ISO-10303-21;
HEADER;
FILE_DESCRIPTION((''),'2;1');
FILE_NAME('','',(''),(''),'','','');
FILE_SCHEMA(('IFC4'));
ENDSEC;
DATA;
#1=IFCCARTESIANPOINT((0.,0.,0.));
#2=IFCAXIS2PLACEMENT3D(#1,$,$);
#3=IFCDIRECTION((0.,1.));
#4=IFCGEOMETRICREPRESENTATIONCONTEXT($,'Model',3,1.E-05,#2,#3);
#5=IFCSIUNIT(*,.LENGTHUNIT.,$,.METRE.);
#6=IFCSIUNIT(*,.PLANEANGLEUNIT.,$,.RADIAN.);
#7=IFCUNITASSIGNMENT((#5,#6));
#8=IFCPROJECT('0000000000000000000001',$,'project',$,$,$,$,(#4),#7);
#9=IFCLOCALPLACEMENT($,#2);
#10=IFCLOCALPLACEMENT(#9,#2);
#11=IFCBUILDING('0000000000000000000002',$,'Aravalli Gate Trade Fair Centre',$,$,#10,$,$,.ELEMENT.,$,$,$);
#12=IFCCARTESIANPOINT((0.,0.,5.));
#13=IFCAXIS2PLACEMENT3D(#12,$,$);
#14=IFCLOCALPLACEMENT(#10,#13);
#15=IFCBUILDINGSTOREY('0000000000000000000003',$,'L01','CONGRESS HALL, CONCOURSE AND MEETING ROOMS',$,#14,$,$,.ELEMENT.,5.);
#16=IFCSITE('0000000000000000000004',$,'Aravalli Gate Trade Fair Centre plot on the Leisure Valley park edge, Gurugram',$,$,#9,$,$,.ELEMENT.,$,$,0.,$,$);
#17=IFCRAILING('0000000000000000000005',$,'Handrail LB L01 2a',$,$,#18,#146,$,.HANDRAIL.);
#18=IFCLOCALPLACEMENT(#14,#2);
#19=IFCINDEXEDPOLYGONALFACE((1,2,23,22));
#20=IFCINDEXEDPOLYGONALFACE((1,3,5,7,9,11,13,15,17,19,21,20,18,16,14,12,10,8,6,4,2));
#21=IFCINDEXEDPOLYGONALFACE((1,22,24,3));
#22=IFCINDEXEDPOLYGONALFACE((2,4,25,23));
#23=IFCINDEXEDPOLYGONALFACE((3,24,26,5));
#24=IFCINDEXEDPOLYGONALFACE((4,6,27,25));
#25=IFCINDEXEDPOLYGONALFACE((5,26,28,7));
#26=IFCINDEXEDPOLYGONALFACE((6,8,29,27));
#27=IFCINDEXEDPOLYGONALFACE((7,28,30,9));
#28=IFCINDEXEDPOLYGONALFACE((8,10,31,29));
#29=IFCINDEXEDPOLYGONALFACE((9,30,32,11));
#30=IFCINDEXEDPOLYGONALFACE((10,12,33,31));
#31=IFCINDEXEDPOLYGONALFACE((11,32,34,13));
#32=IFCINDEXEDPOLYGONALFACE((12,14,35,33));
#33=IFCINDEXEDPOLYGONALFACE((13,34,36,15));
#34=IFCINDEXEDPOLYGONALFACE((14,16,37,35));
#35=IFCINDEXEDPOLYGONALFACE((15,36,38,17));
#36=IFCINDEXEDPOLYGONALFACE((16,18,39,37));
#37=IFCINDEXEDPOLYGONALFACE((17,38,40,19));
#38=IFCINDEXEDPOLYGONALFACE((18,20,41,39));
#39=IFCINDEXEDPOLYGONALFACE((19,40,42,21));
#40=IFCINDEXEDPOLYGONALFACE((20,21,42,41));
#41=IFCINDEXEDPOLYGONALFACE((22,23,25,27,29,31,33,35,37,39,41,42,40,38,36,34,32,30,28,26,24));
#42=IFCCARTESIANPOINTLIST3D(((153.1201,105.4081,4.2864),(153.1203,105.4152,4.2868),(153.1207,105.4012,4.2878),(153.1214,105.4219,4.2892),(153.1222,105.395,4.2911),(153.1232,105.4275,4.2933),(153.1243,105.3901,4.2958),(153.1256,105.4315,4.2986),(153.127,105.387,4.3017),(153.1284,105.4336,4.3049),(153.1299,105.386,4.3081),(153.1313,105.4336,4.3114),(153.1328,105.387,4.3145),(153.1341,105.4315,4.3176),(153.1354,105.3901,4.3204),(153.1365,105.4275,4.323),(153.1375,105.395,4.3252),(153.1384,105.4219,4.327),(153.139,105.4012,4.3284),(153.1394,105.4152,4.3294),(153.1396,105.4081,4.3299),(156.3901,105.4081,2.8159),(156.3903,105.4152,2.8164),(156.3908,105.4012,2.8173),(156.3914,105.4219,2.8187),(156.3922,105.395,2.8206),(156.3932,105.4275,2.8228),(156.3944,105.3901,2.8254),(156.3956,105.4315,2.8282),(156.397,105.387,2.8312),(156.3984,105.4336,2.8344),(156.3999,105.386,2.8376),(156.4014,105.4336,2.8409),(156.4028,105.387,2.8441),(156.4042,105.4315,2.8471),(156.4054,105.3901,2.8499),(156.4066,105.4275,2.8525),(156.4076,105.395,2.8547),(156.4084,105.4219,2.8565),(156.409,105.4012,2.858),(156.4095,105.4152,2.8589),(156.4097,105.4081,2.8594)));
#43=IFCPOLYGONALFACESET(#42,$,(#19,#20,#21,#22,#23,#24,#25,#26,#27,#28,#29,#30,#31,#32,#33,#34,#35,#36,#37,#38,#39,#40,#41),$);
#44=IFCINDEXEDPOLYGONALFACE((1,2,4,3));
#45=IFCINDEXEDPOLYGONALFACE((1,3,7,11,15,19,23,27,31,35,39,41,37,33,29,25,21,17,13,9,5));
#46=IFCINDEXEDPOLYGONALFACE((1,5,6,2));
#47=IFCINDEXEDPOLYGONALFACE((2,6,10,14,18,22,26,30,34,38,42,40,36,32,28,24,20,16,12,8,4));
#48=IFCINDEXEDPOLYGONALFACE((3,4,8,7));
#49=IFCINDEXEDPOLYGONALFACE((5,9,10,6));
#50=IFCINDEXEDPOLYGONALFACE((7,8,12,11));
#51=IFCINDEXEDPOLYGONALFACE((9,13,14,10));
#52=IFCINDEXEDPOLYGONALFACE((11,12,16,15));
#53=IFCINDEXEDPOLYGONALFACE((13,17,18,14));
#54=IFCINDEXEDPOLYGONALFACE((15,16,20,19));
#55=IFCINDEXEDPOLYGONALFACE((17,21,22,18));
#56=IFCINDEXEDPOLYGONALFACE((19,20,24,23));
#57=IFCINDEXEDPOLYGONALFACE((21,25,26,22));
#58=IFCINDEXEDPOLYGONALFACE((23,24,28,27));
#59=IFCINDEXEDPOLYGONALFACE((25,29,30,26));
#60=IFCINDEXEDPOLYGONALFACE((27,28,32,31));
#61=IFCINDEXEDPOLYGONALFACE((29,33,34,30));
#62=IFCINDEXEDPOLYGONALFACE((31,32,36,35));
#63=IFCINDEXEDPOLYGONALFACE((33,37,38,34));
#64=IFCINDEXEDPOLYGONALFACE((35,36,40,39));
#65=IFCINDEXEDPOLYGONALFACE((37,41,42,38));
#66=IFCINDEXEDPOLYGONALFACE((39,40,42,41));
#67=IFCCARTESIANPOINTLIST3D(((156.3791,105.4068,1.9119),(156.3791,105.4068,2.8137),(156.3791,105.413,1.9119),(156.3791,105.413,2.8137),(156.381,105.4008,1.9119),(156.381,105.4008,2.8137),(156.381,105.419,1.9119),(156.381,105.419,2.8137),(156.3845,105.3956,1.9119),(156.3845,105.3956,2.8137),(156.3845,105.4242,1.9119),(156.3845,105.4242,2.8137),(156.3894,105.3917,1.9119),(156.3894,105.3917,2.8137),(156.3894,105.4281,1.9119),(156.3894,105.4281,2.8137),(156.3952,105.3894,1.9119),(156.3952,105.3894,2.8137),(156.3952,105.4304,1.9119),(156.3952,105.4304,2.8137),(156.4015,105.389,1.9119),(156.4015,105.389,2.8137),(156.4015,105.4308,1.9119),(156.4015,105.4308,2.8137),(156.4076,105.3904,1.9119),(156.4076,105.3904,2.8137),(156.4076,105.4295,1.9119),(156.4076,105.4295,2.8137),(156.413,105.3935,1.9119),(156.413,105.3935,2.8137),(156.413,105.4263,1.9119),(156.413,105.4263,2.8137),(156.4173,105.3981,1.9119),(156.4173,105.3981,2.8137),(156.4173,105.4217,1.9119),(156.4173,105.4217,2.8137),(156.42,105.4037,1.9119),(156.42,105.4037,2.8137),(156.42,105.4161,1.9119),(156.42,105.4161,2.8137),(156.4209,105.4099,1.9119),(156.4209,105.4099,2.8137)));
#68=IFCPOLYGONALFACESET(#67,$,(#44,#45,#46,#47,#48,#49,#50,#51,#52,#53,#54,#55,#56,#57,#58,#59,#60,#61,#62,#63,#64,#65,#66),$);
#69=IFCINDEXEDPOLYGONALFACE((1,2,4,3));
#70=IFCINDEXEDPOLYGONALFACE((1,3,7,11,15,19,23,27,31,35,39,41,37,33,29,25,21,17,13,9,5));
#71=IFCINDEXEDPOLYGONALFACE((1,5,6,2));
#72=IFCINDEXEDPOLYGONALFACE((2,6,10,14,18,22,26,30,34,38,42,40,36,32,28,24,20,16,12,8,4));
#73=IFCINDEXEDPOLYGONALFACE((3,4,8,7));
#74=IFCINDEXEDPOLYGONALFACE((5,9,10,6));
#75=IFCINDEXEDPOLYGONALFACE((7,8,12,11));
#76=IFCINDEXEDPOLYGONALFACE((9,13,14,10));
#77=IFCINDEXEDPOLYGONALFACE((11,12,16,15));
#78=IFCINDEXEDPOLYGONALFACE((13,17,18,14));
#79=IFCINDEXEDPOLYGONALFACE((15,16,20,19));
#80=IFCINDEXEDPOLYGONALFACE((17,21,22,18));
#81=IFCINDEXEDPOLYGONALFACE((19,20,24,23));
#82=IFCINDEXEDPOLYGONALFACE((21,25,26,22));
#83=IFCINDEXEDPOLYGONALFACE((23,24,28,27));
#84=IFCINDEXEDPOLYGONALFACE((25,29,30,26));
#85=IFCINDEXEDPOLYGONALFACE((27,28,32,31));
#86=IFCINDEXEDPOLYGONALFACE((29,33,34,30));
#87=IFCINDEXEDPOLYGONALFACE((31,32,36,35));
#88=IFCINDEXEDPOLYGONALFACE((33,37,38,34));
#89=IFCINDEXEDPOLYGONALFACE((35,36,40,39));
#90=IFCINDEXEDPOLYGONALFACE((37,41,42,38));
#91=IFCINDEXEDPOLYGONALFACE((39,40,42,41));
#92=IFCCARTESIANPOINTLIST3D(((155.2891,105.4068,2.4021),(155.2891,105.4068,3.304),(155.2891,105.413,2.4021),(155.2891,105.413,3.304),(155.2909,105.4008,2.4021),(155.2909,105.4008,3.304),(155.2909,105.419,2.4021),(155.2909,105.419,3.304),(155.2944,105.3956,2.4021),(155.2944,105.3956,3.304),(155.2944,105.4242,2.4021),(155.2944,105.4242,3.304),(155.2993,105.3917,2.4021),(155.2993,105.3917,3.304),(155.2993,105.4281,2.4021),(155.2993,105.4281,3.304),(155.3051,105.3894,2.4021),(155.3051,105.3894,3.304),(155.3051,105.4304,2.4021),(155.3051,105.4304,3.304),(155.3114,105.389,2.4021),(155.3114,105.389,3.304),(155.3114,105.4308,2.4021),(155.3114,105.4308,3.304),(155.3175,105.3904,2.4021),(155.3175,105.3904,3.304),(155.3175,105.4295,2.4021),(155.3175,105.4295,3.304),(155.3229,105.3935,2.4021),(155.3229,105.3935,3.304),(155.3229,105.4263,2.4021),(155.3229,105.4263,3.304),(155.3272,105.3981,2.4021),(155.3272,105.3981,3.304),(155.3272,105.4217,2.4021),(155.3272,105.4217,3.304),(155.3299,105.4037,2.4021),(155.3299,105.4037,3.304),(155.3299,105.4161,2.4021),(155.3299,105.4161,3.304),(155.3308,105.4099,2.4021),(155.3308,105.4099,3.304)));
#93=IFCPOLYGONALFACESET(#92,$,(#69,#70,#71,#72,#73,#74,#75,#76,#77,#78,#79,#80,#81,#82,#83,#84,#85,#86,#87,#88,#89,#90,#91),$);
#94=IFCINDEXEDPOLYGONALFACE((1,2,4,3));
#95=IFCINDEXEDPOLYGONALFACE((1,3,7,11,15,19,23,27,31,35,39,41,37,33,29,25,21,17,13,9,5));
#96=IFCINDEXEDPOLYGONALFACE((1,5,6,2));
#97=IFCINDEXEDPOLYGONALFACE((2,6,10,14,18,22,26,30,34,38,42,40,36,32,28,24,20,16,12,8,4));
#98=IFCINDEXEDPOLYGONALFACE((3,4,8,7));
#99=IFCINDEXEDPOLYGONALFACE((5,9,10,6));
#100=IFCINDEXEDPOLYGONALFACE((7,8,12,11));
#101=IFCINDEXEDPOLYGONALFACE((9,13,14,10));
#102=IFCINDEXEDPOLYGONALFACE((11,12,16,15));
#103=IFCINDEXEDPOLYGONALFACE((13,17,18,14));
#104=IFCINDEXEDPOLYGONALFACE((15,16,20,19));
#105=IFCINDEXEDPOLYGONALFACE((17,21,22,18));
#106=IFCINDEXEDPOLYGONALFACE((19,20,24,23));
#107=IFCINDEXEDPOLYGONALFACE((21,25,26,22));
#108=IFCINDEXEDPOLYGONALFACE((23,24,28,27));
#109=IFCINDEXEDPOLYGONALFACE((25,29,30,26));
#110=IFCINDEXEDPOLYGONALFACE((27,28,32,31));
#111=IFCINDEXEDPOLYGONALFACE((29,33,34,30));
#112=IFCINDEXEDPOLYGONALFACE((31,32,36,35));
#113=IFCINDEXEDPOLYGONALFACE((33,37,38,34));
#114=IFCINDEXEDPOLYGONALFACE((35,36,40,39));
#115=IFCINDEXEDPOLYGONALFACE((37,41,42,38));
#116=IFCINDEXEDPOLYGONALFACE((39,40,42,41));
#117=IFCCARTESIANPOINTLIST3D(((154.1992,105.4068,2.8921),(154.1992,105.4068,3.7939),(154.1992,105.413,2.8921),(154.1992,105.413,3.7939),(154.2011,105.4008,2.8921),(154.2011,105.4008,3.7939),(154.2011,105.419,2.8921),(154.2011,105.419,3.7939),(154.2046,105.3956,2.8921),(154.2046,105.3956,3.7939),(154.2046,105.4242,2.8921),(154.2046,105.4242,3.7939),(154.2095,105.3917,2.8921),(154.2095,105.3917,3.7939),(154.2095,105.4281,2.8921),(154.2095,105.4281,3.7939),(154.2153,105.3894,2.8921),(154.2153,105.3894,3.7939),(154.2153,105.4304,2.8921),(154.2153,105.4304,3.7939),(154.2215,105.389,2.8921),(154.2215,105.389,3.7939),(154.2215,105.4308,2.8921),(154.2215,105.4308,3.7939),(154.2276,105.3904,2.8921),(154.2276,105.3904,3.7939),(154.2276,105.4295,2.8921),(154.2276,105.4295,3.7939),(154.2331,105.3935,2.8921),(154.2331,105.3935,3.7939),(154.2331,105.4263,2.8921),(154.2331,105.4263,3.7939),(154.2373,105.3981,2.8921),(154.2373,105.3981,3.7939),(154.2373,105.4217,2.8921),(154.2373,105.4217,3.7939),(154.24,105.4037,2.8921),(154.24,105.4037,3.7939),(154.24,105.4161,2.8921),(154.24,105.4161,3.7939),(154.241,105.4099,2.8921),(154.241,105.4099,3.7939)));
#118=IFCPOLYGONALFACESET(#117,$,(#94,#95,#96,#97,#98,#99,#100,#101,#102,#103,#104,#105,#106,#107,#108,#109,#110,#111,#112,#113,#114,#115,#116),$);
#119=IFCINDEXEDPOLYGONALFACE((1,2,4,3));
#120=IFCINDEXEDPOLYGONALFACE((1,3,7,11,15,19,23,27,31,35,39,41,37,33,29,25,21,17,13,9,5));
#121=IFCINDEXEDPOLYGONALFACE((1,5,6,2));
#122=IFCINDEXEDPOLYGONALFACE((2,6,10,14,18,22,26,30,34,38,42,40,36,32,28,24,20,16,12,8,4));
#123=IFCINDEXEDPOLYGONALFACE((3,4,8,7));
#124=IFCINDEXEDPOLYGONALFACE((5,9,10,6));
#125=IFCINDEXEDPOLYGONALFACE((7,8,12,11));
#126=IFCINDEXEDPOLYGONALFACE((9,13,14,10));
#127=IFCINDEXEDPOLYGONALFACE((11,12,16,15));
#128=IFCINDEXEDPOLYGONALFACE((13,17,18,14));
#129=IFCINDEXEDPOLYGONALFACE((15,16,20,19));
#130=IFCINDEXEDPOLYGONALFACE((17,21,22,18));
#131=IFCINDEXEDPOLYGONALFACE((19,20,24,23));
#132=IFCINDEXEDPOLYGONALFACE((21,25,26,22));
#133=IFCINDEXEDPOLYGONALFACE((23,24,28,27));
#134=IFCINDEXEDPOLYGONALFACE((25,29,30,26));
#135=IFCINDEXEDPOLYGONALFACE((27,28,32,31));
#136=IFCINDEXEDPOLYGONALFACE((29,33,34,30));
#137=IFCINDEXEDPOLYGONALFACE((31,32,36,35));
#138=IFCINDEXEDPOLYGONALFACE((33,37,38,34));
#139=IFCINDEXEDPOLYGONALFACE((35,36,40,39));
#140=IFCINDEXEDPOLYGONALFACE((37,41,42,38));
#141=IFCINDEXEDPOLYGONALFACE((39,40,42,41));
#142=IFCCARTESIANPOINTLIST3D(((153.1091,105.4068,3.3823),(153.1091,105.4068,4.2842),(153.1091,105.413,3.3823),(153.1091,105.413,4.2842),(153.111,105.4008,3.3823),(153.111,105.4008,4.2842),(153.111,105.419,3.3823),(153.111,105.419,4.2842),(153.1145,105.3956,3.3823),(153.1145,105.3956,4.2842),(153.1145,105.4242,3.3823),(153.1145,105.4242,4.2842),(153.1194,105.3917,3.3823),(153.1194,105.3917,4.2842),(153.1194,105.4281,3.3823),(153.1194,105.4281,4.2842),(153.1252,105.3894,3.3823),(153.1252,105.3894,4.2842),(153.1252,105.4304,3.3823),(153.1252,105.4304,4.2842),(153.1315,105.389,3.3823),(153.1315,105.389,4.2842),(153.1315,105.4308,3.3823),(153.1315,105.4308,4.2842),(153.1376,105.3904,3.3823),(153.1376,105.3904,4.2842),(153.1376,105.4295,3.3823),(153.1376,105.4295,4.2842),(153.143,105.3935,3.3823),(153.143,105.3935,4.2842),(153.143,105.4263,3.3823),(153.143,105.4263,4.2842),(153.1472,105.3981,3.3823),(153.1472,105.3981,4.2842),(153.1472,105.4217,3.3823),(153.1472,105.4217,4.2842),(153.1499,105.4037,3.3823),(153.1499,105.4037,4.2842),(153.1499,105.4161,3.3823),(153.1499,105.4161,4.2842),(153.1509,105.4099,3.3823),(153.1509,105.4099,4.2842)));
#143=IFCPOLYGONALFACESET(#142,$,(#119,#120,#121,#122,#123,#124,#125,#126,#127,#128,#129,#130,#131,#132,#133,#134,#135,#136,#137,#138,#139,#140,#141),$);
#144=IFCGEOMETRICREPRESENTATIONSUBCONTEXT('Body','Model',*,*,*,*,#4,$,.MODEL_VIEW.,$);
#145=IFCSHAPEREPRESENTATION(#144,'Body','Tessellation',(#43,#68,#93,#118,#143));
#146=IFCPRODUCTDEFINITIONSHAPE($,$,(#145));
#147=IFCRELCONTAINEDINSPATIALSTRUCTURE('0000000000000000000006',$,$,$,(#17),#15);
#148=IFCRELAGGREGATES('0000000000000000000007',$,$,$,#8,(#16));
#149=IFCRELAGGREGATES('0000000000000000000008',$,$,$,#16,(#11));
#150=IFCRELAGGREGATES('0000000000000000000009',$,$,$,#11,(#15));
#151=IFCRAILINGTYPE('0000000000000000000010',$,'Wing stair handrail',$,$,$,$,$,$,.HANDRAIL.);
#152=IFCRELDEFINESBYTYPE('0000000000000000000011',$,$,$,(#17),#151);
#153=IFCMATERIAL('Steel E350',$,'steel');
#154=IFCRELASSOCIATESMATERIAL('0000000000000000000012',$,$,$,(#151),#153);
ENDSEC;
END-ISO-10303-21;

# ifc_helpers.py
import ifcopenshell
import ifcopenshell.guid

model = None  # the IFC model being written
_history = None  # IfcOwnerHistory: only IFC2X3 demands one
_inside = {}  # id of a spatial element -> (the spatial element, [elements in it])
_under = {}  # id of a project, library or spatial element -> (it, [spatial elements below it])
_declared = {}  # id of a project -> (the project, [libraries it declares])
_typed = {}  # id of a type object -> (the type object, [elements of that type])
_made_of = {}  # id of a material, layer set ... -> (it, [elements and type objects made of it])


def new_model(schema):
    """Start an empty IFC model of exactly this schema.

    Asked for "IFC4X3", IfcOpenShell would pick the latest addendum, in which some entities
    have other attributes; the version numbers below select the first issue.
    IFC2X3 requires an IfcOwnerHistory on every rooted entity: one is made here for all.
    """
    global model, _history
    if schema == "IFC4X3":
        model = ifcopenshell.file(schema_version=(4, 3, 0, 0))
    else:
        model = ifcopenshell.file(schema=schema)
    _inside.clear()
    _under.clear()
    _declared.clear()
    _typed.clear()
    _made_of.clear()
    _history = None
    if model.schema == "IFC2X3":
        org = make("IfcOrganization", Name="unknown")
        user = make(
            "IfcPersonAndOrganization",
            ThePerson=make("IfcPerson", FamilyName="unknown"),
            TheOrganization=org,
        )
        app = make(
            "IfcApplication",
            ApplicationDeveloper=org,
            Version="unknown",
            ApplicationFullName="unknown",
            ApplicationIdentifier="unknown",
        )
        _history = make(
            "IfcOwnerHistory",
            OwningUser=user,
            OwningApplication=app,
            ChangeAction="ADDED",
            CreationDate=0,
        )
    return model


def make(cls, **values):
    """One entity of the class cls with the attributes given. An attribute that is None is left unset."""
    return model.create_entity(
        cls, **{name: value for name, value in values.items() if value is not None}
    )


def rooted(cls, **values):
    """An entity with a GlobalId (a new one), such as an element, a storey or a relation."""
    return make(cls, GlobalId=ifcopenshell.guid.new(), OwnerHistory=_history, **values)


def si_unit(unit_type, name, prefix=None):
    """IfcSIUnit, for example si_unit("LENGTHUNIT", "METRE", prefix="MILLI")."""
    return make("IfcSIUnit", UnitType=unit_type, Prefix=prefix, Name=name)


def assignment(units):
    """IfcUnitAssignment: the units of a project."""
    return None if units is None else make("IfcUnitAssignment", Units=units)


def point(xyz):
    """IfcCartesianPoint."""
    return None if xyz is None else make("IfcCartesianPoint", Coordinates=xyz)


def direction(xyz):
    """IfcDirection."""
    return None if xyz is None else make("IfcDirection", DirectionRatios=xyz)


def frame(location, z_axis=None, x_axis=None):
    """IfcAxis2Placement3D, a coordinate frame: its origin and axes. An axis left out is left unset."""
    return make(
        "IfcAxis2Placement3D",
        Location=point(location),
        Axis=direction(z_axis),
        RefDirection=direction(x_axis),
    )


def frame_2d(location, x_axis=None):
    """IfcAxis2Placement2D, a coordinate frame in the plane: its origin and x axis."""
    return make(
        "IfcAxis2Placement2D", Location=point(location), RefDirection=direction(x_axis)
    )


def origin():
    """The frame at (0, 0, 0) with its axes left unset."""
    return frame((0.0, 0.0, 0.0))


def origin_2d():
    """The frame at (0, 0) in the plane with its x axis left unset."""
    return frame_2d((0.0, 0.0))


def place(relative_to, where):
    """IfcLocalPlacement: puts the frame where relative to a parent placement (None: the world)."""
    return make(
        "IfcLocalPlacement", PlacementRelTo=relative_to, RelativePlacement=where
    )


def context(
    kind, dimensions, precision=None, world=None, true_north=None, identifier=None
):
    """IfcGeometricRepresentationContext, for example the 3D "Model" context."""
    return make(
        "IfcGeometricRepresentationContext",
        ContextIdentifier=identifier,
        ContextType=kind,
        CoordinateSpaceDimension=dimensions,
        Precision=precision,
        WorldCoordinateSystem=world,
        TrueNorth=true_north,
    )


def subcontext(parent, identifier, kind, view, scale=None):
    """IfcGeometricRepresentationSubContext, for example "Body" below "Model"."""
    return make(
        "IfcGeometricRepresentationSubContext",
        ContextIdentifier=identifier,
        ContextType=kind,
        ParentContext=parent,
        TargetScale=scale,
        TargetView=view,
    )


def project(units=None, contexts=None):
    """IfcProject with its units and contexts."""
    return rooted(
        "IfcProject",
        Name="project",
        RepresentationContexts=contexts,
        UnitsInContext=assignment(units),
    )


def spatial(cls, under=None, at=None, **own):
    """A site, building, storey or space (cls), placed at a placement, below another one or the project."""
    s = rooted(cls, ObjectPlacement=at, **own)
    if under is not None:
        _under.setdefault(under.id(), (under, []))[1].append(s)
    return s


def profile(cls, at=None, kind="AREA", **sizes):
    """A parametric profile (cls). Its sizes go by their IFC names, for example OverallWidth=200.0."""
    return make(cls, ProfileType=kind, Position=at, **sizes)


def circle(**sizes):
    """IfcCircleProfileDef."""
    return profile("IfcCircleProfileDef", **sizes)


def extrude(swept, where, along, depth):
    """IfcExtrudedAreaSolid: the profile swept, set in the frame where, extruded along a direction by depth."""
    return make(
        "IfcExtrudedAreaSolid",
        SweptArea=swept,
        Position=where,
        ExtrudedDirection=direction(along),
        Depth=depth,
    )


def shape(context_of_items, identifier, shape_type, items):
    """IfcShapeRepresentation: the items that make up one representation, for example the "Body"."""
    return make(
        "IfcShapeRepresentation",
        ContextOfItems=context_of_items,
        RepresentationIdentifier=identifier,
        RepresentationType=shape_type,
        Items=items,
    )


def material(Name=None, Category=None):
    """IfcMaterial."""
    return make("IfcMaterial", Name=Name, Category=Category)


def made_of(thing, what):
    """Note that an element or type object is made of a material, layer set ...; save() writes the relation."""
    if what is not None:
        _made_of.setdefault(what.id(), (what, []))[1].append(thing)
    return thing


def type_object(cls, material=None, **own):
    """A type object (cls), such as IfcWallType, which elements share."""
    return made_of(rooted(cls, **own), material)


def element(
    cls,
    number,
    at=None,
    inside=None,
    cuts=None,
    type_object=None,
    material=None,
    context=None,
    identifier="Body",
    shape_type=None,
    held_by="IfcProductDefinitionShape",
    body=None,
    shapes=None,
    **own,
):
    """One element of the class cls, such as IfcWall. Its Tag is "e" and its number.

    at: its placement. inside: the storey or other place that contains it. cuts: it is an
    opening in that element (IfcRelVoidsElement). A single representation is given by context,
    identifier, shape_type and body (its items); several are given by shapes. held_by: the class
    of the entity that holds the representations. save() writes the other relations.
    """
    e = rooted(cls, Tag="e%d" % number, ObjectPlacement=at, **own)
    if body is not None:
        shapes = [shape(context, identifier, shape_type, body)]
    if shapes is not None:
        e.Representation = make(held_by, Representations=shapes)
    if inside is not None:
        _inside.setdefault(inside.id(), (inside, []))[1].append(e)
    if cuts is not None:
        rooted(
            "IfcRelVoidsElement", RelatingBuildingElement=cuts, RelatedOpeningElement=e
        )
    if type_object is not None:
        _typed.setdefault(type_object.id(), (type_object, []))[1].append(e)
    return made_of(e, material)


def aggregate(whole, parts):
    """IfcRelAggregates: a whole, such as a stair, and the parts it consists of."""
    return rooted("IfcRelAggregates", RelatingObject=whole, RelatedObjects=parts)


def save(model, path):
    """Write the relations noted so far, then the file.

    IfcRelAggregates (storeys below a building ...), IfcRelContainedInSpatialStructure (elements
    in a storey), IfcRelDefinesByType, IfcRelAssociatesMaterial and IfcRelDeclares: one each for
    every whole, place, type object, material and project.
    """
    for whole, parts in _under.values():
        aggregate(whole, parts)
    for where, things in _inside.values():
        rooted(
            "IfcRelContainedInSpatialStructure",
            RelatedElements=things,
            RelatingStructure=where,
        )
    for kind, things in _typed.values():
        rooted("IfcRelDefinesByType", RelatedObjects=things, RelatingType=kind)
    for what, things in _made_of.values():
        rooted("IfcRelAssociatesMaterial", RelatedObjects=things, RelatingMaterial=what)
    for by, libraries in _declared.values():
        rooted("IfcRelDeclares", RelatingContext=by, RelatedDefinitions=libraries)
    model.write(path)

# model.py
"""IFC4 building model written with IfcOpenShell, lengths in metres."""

from ifc_helpers import new_model, si_unit, direction, frame, origin, origin_2d, place, context, subcontext, project, spatial, circle, extrude, material, type_object, element, save


model = new_model("IFC4")

# Units and contexts
model_context = context("Model", 3, precision=1e-05, world=origin(), true_north=direction((0.0, 1.0)))
body_context = subcontext(model_context, "Body", "Model", "MODEL_VIEW")
ifc_project = project(units=[si_unit("LENGTHUNIT", "METRE"), si_unit("PLANEANGLEUNIT", "RADIAN")], contexts=[model_context])

# Site, building, storey
site_placement = place(None, origin())
site = spatial("IfcSite", under=ifc_project, at=site_placement, Name="Aravalli Gate Trade Fair Centre plot on the Leisure Valley park edge, Gurugram", CompositionType="ELEMENT", RefElevation=0.0)
building_placement = place(site_placement, origin())
building = spatial("IfcBuilding", under=site, at=building_placement, Name="Aravalli Gate Trade Fair Centre", CompositionType="ELEMENT")
storey_placement = place(building_placement, frame((0.0, 0.0, 5.0)))
storey = spatial("IfcBuildingStorey", under=building, at=storey_placement, Name="L01", Description="CONGRESS HALL, CONCOURSE AND MEETING ROOMS", CompositionType="ELEMENT", Elevation=5.0)

# Shared definitions
ifc_material_1 = material(Name="Steel E350", Category="steel")

# Railing
railing_type_1 = type_object("IfcRailingType", Name="Wing stair handrail", PredefinedType="HANDRAIL", material=ifc_material_1)
for number, where, name in (
    (1, (156.3999, 105.4099, 1.9119), "Handrail LB L01 2a"),
):
    element("IfcRailing", number, at=place(storey_placement, frame(where)), inside=storey, type_object=railing_type_1, Name=name, PredefinedType="HANDRAIL", context=body_context, shape_type="SweptSolid", body=[
        extrude(circle(Radius=0.0239, at=origin_2d()), frame((0.0, 0.0, 0.9258), z_axis=(-0.912031, 0.0, 0.410121), x_axis=(0.0, -1.0, 0.0)), (0.0, 0.0, 1.0), 3.5854),
        extrude(circle(Radius=0.021, at=origin_2d()), origin(), (0.0, 0.0, 1.0), 0.9019),
        extrude(circle(Radius=0.021, at=origin_2d()), frame((-1.0901, 0.0, 0.4902)), (0.0, 0.0, 1.0), 0.9019),
        extrude(circle(Radius=0.021, at=origin_2d()), frame((-2.1799, 0.0, 0.9802)), (0.0, 0.0, 1.0), 0.9019),
        extrude(circle(Radius=0.021, at=origin_2d()), frame((-3.27, 0.0, 1.4705)), (0.0, 0.0, 1.0), 0.9019),
    ])

save(model, "model.ifc")
